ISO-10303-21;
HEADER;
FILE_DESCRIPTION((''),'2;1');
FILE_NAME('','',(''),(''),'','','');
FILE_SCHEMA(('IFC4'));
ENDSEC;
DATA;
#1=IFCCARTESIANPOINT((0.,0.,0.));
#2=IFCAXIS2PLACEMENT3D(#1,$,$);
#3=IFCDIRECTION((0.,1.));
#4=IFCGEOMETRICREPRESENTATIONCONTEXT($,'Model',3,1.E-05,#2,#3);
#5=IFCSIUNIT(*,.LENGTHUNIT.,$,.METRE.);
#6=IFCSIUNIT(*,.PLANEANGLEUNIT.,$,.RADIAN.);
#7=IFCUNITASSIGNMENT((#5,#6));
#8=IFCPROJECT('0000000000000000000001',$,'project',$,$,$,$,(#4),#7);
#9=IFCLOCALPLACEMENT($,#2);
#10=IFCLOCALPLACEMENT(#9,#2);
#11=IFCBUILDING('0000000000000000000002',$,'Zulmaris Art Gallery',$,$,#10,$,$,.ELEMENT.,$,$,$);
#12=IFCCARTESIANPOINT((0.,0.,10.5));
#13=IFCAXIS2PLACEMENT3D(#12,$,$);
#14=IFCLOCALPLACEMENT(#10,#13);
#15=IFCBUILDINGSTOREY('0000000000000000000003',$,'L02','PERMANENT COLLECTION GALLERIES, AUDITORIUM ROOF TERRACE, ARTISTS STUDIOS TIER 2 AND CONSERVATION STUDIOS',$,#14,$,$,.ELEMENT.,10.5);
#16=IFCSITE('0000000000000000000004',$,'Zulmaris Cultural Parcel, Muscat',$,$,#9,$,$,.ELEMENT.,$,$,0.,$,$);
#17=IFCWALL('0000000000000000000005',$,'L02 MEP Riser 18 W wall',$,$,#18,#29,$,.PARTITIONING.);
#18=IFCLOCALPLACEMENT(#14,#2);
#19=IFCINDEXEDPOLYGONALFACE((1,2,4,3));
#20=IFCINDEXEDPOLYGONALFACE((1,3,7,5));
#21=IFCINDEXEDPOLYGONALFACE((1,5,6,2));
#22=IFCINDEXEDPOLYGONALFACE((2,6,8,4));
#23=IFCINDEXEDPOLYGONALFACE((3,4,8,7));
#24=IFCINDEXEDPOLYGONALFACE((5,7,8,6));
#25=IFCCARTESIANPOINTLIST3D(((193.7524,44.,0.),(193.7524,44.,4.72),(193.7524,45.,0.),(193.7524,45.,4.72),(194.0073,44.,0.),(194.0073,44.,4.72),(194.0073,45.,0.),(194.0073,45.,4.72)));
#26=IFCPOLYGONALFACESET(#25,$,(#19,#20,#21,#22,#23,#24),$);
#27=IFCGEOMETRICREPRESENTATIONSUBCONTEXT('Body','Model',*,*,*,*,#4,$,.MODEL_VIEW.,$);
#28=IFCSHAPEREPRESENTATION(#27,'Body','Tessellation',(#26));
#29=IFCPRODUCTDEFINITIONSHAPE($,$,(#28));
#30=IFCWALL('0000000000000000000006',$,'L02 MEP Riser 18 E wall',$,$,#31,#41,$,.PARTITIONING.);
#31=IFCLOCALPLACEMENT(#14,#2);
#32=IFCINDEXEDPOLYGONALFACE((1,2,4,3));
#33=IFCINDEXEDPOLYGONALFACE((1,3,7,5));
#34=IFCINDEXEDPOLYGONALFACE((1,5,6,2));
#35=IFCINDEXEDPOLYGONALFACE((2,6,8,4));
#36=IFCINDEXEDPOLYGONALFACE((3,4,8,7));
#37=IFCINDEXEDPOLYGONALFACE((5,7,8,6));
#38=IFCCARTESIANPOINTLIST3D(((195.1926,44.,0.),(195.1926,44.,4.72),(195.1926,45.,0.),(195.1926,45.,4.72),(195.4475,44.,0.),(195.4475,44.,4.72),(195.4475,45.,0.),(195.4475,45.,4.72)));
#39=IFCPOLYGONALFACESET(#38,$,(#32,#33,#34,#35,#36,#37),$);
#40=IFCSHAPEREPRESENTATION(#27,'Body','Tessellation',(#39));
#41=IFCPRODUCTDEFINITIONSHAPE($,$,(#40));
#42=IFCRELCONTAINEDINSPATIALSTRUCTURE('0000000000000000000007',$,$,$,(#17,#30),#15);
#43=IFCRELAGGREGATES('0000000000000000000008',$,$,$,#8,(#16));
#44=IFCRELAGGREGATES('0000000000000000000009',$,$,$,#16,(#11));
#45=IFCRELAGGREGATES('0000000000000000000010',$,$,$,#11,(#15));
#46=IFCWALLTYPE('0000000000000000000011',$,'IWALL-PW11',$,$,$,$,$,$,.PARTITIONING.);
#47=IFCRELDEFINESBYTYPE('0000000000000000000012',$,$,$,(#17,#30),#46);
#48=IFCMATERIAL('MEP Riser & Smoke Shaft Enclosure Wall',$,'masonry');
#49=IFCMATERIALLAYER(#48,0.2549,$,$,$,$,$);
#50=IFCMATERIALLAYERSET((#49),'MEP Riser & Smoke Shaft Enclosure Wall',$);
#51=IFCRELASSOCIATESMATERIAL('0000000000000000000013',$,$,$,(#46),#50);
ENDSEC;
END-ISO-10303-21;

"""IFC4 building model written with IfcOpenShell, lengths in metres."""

from ifc_helpers import new_model, si_unit, direction, frame, frame_2d, origin, place, context, subcontext, project, spatial, rectangle, extrude, material, layer, layer_set, type_object, element, save


model = new_model("IFC4")

# Units and contexts
model_context = context("Model", 3, precision=1e-05, world=origin(), true_north=direction((0.0, 1.0)))
body_context = subcontext(model_context, "Body", "Model", "MODEL_VIEW")
ifc_project = project(units=[si_unit("LENGTHUNIT", "METRE"), si_unit("PLANEANGLEUNIT", "RADIAN")], contexts=[model_context])

# Site, building, storey
site_placement = place(None, origin())
site = spatial("IfcSite", under=ifc_project, at=site_placement, Name="Zulmaris Cultural Parcel, Muscat", CompositionType="ELEMENT", RefElevation=0.0)
building_placement = place(site_placement, origin())
building = spatial("IfcBuilding", under=site, at=building_placement, Name="Zulmaris Art Gallery", CompositionType="ELEMENT")
storey_placement = place(building_placement, frame((0.0, 0.0, 10.5)))
storey = spatial("IfcBuildingStorey", under=building, at=storey_placement, Name="L02", Description="PERMANENT COLLECTION GALLERIES, AUDITORIUM ROOF TERRACE, ARTISTS STUDIOS TIER 2 AND CONSERVATION STUDIOS", CompositionType="ELEMENT", Elevation=10.5)

# Walls
ifc_material_1 = material(Name="MEP Riser & Smoke Shaft Enclosure Wall", Category="masonry")
ifc_layer_1 = layer(ifc_material_1, 0.2549)
ifc_layer_set_1 = layer_set([ifc_layer_1], Name="MEP Riser & Smoke Shaft Enclosure Wall")
wall_type_1 = type_object("IfcWallType", Name="IWALL-PW11", PredefinedType="PARTITIONING", material=ifc_layer_set_1)
for number, where, z_axis, x_axis, name in (
    (1, (193.8799, 44.0, 0.0), (0.0, 0.0, 1.0), (0.0, 1.0, 0.0), "L02 MEP Riser 18 W wall"),
    (2, (195.3201, 44.0, 0.0), (0.0, 0.0, 1.0), (0.0, 1.0, 0.0), "L02 MEP Riser 18 E wall"),
):
    element("IfcWall", number, at=place(storey_placement, frame(where, z_axis=z_axis, x_axis=x_axis)), inside=storey, type_object=wall_type_1, Name=name, PredefinedType="PARTITIONING", context=body_context, shape_type="SweptSolid", body=[
        extrude(rectangle(XDim=1.0, YDim=0.2549, at=frame_2d((0.5, 0.0))), origin(), (0.0, 0.0, 1.0), 4.72),
    ])

save(model, "model.ifc")
